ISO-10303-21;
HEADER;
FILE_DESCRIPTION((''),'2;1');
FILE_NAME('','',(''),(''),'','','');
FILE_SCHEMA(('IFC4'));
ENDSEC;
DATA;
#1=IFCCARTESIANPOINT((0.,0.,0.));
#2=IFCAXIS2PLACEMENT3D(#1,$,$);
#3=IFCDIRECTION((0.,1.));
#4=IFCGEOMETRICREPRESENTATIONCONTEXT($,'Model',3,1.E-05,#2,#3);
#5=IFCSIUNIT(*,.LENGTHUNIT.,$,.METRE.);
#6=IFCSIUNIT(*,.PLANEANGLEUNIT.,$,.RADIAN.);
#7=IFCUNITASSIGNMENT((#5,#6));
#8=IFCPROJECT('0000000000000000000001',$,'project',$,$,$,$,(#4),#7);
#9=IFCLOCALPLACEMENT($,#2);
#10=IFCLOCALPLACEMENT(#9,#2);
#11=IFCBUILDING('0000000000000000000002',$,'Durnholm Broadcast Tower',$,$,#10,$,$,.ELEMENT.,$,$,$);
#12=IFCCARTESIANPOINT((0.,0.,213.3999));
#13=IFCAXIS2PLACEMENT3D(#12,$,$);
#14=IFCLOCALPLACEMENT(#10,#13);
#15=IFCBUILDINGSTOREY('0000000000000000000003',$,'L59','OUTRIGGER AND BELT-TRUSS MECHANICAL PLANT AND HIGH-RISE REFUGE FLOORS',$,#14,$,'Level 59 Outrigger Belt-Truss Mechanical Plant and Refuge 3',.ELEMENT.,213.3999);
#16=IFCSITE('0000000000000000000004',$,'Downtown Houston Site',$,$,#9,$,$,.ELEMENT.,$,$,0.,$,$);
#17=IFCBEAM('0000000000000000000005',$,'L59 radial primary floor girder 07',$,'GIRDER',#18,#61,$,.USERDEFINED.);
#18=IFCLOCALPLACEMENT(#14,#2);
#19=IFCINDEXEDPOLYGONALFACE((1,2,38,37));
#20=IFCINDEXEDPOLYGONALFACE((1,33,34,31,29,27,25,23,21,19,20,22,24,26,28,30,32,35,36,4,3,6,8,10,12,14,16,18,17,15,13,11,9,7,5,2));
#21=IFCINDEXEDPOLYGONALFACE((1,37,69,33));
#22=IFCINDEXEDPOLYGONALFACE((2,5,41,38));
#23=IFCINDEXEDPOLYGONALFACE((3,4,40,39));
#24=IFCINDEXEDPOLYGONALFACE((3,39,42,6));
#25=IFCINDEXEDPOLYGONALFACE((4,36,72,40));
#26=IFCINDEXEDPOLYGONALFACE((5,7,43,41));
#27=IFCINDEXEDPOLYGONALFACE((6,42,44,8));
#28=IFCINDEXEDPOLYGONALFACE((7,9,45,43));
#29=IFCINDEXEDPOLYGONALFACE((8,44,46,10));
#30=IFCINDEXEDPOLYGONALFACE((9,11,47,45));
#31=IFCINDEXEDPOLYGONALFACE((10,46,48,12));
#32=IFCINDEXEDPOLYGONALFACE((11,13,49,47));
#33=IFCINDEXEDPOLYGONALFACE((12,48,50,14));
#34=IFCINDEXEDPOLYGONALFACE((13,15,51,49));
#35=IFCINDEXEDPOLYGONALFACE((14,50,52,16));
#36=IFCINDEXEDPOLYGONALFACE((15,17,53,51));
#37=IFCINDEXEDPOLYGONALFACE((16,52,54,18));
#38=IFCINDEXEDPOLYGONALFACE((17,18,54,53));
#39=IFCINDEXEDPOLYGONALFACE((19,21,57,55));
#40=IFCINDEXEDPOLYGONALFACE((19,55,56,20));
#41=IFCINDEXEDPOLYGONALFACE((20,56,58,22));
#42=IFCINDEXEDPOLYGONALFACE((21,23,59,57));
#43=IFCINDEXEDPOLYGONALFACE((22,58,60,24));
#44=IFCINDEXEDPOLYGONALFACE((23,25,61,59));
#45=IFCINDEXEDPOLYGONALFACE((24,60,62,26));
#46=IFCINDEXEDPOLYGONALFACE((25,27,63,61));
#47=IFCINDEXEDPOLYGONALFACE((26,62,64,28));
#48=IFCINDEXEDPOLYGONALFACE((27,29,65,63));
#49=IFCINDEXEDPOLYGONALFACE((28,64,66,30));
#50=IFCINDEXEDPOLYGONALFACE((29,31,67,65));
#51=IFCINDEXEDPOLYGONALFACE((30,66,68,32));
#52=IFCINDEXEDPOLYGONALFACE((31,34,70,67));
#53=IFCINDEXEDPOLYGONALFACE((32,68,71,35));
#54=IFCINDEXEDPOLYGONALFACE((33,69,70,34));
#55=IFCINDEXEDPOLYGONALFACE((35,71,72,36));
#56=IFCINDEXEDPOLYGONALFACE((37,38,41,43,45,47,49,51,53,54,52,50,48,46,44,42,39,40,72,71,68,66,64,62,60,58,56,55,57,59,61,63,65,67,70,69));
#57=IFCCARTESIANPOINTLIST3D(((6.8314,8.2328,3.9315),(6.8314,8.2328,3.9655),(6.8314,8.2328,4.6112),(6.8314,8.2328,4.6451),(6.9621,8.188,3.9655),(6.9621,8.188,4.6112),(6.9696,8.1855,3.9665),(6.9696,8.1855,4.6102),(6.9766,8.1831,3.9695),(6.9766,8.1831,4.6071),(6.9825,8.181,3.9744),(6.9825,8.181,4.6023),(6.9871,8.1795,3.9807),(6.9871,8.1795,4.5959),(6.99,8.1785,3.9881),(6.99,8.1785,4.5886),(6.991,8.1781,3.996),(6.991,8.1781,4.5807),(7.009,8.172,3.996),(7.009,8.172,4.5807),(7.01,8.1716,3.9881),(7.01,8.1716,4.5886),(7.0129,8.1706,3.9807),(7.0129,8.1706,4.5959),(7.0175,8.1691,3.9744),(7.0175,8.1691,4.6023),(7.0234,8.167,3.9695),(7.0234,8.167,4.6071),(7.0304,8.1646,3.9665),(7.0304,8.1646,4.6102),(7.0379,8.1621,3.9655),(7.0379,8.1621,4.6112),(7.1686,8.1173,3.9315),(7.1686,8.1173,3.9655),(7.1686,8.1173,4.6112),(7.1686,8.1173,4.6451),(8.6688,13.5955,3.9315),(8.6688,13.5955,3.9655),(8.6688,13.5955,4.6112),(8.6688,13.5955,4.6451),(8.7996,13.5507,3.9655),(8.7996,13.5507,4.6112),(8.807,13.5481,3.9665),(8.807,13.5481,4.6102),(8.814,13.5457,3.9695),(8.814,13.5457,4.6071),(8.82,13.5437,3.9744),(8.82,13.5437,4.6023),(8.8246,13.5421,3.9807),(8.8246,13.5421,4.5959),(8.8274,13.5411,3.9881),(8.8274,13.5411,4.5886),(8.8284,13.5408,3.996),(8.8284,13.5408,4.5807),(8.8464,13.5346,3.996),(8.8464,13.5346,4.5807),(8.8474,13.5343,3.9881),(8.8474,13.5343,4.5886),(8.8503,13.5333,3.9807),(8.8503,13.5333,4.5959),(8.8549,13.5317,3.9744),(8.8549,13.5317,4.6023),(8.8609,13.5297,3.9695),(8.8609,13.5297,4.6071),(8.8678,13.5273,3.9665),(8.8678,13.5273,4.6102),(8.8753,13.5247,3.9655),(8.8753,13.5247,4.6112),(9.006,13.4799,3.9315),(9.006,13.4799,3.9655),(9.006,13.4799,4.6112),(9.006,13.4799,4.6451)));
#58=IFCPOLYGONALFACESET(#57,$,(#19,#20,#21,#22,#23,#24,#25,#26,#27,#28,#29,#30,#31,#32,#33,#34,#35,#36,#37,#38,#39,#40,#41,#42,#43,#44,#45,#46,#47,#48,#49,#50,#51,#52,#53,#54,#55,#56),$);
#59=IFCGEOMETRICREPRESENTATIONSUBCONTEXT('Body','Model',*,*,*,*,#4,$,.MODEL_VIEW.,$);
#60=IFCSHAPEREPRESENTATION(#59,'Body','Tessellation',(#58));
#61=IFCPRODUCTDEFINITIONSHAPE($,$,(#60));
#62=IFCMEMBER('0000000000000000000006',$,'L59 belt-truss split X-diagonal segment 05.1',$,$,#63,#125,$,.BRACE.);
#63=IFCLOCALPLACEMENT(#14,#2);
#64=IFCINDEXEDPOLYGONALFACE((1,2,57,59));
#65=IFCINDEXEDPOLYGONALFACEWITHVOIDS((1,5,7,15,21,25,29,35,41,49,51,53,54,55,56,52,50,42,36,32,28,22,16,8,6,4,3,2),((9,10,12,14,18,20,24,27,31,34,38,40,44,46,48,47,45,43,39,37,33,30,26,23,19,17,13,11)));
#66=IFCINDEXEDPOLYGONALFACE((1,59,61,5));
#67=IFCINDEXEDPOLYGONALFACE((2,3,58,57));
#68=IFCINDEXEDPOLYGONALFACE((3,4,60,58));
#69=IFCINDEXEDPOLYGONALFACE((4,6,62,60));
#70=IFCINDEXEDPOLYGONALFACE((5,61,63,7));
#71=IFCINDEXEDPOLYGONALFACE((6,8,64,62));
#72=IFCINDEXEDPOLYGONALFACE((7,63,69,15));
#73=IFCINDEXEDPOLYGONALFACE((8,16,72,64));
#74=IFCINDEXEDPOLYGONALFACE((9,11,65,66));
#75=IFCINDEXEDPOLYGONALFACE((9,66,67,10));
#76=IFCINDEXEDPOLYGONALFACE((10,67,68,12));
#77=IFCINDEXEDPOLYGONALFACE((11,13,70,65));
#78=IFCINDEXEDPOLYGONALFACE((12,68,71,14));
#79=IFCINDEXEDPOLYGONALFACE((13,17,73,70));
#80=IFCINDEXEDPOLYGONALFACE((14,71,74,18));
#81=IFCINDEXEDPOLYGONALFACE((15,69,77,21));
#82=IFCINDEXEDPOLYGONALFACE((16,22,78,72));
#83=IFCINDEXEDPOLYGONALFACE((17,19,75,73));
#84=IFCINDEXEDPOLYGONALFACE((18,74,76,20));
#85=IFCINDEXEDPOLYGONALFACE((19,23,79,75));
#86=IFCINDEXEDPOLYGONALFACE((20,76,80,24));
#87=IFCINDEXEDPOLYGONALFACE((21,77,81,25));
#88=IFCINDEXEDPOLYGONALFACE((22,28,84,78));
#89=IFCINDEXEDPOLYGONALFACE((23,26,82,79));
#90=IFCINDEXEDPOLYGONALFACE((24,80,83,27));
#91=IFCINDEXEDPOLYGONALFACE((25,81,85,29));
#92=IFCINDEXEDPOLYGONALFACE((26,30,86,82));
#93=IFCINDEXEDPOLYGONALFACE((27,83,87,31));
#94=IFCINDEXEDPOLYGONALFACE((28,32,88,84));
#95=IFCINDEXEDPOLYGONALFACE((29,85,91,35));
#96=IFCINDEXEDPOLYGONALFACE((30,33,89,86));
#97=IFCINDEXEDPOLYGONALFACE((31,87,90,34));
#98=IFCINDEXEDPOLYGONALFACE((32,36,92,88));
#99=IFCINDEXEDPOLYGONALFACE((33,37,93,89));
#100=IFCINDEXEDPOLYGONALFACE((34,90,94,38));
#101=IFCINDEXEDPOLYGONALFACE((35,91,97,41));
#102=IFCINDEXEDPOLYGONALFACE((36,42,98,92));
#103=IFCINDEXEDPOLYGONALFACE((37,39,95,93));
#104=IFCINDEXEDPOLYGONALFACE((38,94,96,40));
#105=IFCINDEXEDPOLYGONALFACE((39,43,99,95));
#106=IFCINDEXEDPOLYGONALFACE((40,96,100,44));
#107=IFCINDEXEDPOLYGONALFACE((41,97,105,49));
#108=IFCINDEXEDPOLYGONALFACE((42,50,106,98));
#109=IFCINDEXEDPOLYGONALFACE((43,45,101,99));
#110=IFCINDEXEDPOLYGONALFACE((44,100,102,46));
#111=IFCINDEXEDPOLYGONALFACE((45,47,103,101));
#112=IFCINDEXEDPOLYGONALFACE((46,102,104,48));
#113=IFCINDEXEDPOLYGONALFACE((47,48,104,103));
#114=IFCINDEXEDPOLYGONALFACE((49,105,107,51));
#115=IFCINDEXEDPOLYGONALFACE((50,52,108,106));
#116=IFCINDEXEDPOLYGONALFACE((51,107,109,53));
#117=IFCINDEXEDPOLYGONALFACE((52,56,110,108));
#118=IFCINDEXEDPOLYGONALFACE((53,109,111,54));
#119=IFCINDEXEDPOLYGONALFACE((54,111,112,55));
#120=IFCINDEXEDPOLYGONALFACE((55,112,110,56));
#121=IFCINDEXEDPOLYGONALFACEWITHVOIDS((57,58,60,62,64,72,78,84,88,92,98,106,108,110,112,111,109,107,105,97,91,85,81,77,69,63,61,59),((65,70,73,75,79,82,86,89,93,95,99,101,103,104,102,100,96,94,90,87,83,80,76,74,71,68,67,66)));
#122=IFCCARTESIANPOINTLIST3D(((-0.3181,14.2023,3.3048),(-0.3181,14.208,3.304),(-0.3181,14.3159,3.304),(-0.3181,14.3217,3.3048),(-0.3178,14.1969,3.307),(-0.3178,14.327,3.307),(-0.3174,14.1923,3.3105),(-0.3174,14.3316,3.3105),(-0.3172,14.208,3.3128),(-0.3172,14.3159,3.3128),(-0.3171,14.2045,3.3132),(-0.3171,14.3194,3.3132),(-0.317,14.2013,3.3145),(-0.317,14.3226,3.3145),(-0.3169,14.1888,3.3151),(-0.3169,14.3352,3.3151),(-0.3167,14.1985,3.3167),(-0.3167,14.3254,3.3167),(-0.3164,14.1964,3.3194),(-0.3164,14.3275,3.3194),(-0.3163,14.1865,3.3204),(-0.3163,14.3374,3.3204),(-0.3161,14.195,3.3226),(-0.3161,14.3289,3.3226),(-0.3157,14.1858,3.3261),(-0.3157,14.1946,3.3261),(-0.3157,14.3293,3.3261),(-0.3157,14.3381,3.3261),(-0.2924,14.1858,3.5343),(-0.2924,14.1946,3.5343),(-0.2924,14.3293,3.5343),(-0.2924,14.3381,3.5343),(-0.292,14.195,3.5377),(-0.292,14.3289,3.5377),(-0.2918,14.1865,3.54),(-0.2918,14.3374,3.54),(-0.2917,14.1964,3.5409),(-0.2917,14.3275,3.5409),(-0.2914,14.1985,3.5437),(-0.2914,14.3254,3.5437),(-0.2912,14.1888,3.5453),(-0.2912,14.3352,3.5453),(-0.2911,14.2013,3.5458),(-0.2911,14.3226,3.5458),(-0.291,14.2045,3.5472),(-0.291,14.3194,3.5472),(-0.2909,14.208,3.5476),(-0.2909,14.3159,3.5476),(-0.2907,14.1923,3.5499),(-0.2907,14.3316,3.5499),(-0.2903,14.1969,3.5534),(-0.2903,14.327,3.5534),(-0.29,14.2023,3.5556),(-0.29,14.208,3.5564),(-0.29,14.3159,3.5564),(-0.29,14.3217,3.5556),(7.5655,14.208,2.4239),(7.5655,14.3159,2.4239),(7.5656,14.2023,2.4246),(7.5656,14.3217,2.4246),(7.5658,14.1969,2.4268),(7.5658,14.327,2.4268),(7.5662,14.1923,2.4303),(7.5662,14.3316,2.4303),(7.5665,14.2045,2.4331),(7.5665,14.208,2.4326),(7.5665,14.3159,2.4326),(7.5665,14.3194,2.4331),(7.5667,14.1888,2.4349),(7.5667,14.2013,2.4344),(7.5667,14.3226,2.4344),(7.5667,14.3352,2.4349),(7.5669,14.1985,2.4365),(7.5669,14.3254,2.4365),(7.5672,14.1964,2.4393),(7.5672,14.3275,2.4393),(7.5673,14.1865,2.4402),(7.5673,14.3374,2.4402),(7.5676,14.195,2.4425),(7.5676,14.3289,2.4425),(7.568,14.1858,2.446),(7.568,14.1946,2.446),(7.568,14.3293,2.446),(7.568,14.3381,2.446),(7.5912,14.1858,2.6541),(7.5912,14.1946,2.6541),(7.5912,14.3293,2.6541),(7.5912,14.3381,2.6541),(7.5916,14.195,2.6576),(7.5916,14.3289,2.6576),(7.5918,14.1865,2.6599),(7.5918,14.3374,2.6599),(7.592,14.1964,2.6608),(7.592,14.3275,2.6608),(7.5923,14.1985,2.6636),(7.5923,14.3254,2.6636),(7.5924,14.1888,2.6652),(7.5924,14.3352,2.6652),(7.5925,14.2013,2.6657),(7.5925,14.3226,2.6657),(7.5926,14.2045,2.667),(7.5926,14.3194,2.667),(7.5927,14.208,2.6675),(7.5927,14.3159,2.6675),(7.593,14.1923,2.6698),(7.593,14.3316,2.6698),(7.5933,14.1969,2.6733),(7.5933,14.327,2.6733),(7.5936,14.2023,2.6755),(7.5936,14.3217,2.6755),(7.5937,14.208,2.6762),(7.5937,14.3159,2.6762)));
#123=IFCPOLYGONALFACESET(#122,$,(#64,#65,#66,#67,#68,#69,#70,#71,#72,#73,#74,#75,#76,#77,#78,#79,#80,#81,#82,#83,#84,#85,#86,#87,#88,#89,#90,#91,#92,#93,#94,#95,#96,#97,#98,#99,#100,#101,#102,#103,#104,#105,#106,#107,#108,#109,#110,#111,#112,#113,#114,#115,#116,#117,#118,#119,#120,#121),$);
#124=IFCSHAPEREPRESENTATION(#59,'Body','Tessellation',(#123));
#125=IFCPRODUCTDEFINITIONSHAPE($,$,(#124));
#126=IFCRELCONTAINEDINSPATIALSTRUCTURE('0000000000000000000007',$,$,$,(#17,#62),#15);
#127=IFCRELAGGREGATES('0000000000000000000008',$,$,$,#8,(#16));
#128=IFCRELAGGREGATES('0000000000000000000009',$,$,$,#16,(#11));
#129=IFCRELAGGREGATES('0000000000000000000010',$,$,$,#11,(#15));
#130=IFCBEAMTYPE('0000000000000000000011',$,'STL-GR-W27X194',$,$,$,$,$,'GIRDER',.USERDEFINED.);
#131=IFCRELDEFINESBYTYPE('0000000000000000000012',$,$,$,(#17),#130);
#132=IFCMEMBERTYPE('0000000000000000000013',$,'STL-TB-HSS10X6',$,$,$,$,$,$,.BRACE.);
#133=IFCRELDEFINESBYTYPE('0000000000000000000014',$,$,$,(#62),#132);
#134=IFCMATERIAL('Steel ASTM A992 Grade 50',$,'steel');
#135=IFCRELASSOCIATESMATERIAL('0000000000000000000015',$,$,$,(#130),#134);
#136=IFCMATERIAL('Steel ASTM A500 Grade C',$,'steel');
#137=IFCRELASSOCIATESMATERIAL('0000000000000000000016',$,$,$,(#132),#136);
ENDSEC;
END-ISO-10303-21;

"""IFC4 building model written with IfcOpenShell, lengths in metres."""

from ifc_helpers import new_model, si_unit, direction, frame, origin, origin_2d, place, context, subcontext, project, spatial, hollow_rectangle, i_section, extrude, source, transform, mapped, material, material_profile, profile_set, type_object, type_shapes, element, save


model = new_model("IFC4")

# Units and contexts
model_context = context("Model", 3, precision=1e-05, world=origin(), true_north=direction((0.0, 1.0)))
body_context = subcontext(model_context, "Body", "Model", "MODEL_VIEW")
ifc_project = project(units=[si_unit("LENGTHUNIT", "METRE"), si_unit("PLANEANGLEUNIT", "RADIAN")], contexts=[model_context])

# Site, building, storey
site_placement = place(None, origin())
site = spatial("IfcSite", under=ifc_project, at=site_placement, Name="Downtown Houston Site", CompositionType="ELEMENT", RefElevation=0.0)
building_placement = place(site_placement, origin())
building = spatial("IfcBuilding", under=site, at=building_placement, Name="Durnholm Broadcast Tower", CompositionType="ELEMENT")
storey_placement = place(building_placement, frame((0.0, 0.0, 213.3999)))
storey = spatial("IfcBuildingStorey", under=building, at=storey_placement, Name="L59", Description="OUTRIGGER AND BELT-TRUSS MECHANICAL PLANT AND HIGH-RISE REFUGE FLOORS", LongName="Level 59 Outrigger Belt-Truss Mechanical Plant and Refuge 3", CompositionType="ELEMENT", Elevation=213.3999)

# Beam
ifc_material_1 = material(Name="Steel ASTM A992 Grade 50", Category="steel")
ifc_material_profile_1 = material_profile(ifc_material_1, i_section(OverallWidth=0.3564, OverallDepth=0.7136, WebThickness=0.019, FlangeThickness=0.0339, FilletRadius=0.0305, at=origin_2d()), Name="W27X194")
ifc_profile_set_1 = profile_set([ifc_material_profile_1], Name="Steel ASTM A992 Grade 50")
beam_type_1 = type_object("IfcBeamType", Name="STL-GR-W27X194", ElementType="GIRDER", PredefinedType="USERDEFINED", material=ifc_profile_set_1)
shared_shape_1 = source(origin(), body_context, "Body", "SweptSolid", [
    extrude(i_section(OverallWidth=0.3564, OverallDepth=0.7136, WebThickness=0.019, FlangeThickness=0.0339, FilletRadius=0.0305, at=origin_2d()), origin(), (0.0, 0.0, 1.0), 5.6687),
])
type_shapes(beam_type_1, [shared_shape_1])
beam_1_placement = place(storey_placement, frame((7.0, 8.175, 4.2883), z_axis=(0.324137, 0.94601, 0.0), x_axis=(-0.94601, 0.324137, 0.0)))
element("IfcBeam", 1, at=beam_1_placement, inside=storey, type_object=beam_type_1, Name="L59 radial primary floor girder 07", ObjectType="GIRDER", PredefinedType="USERDEFINED", context=body_context, shape_type="MappedRepresentation", body=[
    mapped(shared_shape_1, transform((0.0, 0.0, 0.0), x_axis=(1.0, 0.0, 0.0), y_axis=(0.0, 1.0, 0.0), z_axis=(0.0, 0.0, 1.0), scale=1.0)),
])

# Member
ifc_material_2 = material(Name="Steel ASTM A500 Grade C", Category="steel")
ifc_material_profile_2 = material_profile(ifc_material_2, hollow_rectangle(XDim=0.1523, YDim=0.2539, WallThickness=0.0088, InnerFilletRadius=0.0134, OuterFilletRadius=0.0222, at=origin_2d()), Name="HSS10X6X3/8")
ifc_profile_set_2 = profile_set([ifc_material_profile_2], Name="Steel ASTM A500 Grade C")
member_type_1 = type_object("IfcMemberType", Name="STL-TB-HSS10X6", PredefinedType="BRACE", material=ifc_profile_set_2)
shared_shape_2 = source(origin(), body_context, "Body", "SweptSolid", [
    extrude(hollow_rectangle(XDim=0.1523, YDim=0.2539, WallThickness=0.0088, InnerFilletRadius=0.0134, OuterFilletRadius=0.0222, at=origin_2d()), origin(), (0.0, 0.0, 1.0), 7.9326),
])
type_shapes(member_type_1, [shared_shape_2])
member_1_placement = place(storey_placement, frame((7.5796, 14.262, 2.55), z_axis=(-0.993826, 0.0, 0.110952), x_axis=(0.0, -1.0, 0.0)))
element("IfcMember", 2, at=member_1_placement, inside=storey, type_object=member_type_1, Name="L59 belt-truss split X-diagonal segment 05.1", PredefinedType="BRACE", context=body_context, shape_type="MappedRepresentation", body=[
    mapped(shared_shape_2, transform((0.0, 0.0, 0.0), x_axis=(1.0, 0.0, 0.0), y_axis=(0.0, 1.0, 0.0), z_axis=(0.0, 0.0, 1.0), scale=1.0)),
])

save(model, "model.ifc")
